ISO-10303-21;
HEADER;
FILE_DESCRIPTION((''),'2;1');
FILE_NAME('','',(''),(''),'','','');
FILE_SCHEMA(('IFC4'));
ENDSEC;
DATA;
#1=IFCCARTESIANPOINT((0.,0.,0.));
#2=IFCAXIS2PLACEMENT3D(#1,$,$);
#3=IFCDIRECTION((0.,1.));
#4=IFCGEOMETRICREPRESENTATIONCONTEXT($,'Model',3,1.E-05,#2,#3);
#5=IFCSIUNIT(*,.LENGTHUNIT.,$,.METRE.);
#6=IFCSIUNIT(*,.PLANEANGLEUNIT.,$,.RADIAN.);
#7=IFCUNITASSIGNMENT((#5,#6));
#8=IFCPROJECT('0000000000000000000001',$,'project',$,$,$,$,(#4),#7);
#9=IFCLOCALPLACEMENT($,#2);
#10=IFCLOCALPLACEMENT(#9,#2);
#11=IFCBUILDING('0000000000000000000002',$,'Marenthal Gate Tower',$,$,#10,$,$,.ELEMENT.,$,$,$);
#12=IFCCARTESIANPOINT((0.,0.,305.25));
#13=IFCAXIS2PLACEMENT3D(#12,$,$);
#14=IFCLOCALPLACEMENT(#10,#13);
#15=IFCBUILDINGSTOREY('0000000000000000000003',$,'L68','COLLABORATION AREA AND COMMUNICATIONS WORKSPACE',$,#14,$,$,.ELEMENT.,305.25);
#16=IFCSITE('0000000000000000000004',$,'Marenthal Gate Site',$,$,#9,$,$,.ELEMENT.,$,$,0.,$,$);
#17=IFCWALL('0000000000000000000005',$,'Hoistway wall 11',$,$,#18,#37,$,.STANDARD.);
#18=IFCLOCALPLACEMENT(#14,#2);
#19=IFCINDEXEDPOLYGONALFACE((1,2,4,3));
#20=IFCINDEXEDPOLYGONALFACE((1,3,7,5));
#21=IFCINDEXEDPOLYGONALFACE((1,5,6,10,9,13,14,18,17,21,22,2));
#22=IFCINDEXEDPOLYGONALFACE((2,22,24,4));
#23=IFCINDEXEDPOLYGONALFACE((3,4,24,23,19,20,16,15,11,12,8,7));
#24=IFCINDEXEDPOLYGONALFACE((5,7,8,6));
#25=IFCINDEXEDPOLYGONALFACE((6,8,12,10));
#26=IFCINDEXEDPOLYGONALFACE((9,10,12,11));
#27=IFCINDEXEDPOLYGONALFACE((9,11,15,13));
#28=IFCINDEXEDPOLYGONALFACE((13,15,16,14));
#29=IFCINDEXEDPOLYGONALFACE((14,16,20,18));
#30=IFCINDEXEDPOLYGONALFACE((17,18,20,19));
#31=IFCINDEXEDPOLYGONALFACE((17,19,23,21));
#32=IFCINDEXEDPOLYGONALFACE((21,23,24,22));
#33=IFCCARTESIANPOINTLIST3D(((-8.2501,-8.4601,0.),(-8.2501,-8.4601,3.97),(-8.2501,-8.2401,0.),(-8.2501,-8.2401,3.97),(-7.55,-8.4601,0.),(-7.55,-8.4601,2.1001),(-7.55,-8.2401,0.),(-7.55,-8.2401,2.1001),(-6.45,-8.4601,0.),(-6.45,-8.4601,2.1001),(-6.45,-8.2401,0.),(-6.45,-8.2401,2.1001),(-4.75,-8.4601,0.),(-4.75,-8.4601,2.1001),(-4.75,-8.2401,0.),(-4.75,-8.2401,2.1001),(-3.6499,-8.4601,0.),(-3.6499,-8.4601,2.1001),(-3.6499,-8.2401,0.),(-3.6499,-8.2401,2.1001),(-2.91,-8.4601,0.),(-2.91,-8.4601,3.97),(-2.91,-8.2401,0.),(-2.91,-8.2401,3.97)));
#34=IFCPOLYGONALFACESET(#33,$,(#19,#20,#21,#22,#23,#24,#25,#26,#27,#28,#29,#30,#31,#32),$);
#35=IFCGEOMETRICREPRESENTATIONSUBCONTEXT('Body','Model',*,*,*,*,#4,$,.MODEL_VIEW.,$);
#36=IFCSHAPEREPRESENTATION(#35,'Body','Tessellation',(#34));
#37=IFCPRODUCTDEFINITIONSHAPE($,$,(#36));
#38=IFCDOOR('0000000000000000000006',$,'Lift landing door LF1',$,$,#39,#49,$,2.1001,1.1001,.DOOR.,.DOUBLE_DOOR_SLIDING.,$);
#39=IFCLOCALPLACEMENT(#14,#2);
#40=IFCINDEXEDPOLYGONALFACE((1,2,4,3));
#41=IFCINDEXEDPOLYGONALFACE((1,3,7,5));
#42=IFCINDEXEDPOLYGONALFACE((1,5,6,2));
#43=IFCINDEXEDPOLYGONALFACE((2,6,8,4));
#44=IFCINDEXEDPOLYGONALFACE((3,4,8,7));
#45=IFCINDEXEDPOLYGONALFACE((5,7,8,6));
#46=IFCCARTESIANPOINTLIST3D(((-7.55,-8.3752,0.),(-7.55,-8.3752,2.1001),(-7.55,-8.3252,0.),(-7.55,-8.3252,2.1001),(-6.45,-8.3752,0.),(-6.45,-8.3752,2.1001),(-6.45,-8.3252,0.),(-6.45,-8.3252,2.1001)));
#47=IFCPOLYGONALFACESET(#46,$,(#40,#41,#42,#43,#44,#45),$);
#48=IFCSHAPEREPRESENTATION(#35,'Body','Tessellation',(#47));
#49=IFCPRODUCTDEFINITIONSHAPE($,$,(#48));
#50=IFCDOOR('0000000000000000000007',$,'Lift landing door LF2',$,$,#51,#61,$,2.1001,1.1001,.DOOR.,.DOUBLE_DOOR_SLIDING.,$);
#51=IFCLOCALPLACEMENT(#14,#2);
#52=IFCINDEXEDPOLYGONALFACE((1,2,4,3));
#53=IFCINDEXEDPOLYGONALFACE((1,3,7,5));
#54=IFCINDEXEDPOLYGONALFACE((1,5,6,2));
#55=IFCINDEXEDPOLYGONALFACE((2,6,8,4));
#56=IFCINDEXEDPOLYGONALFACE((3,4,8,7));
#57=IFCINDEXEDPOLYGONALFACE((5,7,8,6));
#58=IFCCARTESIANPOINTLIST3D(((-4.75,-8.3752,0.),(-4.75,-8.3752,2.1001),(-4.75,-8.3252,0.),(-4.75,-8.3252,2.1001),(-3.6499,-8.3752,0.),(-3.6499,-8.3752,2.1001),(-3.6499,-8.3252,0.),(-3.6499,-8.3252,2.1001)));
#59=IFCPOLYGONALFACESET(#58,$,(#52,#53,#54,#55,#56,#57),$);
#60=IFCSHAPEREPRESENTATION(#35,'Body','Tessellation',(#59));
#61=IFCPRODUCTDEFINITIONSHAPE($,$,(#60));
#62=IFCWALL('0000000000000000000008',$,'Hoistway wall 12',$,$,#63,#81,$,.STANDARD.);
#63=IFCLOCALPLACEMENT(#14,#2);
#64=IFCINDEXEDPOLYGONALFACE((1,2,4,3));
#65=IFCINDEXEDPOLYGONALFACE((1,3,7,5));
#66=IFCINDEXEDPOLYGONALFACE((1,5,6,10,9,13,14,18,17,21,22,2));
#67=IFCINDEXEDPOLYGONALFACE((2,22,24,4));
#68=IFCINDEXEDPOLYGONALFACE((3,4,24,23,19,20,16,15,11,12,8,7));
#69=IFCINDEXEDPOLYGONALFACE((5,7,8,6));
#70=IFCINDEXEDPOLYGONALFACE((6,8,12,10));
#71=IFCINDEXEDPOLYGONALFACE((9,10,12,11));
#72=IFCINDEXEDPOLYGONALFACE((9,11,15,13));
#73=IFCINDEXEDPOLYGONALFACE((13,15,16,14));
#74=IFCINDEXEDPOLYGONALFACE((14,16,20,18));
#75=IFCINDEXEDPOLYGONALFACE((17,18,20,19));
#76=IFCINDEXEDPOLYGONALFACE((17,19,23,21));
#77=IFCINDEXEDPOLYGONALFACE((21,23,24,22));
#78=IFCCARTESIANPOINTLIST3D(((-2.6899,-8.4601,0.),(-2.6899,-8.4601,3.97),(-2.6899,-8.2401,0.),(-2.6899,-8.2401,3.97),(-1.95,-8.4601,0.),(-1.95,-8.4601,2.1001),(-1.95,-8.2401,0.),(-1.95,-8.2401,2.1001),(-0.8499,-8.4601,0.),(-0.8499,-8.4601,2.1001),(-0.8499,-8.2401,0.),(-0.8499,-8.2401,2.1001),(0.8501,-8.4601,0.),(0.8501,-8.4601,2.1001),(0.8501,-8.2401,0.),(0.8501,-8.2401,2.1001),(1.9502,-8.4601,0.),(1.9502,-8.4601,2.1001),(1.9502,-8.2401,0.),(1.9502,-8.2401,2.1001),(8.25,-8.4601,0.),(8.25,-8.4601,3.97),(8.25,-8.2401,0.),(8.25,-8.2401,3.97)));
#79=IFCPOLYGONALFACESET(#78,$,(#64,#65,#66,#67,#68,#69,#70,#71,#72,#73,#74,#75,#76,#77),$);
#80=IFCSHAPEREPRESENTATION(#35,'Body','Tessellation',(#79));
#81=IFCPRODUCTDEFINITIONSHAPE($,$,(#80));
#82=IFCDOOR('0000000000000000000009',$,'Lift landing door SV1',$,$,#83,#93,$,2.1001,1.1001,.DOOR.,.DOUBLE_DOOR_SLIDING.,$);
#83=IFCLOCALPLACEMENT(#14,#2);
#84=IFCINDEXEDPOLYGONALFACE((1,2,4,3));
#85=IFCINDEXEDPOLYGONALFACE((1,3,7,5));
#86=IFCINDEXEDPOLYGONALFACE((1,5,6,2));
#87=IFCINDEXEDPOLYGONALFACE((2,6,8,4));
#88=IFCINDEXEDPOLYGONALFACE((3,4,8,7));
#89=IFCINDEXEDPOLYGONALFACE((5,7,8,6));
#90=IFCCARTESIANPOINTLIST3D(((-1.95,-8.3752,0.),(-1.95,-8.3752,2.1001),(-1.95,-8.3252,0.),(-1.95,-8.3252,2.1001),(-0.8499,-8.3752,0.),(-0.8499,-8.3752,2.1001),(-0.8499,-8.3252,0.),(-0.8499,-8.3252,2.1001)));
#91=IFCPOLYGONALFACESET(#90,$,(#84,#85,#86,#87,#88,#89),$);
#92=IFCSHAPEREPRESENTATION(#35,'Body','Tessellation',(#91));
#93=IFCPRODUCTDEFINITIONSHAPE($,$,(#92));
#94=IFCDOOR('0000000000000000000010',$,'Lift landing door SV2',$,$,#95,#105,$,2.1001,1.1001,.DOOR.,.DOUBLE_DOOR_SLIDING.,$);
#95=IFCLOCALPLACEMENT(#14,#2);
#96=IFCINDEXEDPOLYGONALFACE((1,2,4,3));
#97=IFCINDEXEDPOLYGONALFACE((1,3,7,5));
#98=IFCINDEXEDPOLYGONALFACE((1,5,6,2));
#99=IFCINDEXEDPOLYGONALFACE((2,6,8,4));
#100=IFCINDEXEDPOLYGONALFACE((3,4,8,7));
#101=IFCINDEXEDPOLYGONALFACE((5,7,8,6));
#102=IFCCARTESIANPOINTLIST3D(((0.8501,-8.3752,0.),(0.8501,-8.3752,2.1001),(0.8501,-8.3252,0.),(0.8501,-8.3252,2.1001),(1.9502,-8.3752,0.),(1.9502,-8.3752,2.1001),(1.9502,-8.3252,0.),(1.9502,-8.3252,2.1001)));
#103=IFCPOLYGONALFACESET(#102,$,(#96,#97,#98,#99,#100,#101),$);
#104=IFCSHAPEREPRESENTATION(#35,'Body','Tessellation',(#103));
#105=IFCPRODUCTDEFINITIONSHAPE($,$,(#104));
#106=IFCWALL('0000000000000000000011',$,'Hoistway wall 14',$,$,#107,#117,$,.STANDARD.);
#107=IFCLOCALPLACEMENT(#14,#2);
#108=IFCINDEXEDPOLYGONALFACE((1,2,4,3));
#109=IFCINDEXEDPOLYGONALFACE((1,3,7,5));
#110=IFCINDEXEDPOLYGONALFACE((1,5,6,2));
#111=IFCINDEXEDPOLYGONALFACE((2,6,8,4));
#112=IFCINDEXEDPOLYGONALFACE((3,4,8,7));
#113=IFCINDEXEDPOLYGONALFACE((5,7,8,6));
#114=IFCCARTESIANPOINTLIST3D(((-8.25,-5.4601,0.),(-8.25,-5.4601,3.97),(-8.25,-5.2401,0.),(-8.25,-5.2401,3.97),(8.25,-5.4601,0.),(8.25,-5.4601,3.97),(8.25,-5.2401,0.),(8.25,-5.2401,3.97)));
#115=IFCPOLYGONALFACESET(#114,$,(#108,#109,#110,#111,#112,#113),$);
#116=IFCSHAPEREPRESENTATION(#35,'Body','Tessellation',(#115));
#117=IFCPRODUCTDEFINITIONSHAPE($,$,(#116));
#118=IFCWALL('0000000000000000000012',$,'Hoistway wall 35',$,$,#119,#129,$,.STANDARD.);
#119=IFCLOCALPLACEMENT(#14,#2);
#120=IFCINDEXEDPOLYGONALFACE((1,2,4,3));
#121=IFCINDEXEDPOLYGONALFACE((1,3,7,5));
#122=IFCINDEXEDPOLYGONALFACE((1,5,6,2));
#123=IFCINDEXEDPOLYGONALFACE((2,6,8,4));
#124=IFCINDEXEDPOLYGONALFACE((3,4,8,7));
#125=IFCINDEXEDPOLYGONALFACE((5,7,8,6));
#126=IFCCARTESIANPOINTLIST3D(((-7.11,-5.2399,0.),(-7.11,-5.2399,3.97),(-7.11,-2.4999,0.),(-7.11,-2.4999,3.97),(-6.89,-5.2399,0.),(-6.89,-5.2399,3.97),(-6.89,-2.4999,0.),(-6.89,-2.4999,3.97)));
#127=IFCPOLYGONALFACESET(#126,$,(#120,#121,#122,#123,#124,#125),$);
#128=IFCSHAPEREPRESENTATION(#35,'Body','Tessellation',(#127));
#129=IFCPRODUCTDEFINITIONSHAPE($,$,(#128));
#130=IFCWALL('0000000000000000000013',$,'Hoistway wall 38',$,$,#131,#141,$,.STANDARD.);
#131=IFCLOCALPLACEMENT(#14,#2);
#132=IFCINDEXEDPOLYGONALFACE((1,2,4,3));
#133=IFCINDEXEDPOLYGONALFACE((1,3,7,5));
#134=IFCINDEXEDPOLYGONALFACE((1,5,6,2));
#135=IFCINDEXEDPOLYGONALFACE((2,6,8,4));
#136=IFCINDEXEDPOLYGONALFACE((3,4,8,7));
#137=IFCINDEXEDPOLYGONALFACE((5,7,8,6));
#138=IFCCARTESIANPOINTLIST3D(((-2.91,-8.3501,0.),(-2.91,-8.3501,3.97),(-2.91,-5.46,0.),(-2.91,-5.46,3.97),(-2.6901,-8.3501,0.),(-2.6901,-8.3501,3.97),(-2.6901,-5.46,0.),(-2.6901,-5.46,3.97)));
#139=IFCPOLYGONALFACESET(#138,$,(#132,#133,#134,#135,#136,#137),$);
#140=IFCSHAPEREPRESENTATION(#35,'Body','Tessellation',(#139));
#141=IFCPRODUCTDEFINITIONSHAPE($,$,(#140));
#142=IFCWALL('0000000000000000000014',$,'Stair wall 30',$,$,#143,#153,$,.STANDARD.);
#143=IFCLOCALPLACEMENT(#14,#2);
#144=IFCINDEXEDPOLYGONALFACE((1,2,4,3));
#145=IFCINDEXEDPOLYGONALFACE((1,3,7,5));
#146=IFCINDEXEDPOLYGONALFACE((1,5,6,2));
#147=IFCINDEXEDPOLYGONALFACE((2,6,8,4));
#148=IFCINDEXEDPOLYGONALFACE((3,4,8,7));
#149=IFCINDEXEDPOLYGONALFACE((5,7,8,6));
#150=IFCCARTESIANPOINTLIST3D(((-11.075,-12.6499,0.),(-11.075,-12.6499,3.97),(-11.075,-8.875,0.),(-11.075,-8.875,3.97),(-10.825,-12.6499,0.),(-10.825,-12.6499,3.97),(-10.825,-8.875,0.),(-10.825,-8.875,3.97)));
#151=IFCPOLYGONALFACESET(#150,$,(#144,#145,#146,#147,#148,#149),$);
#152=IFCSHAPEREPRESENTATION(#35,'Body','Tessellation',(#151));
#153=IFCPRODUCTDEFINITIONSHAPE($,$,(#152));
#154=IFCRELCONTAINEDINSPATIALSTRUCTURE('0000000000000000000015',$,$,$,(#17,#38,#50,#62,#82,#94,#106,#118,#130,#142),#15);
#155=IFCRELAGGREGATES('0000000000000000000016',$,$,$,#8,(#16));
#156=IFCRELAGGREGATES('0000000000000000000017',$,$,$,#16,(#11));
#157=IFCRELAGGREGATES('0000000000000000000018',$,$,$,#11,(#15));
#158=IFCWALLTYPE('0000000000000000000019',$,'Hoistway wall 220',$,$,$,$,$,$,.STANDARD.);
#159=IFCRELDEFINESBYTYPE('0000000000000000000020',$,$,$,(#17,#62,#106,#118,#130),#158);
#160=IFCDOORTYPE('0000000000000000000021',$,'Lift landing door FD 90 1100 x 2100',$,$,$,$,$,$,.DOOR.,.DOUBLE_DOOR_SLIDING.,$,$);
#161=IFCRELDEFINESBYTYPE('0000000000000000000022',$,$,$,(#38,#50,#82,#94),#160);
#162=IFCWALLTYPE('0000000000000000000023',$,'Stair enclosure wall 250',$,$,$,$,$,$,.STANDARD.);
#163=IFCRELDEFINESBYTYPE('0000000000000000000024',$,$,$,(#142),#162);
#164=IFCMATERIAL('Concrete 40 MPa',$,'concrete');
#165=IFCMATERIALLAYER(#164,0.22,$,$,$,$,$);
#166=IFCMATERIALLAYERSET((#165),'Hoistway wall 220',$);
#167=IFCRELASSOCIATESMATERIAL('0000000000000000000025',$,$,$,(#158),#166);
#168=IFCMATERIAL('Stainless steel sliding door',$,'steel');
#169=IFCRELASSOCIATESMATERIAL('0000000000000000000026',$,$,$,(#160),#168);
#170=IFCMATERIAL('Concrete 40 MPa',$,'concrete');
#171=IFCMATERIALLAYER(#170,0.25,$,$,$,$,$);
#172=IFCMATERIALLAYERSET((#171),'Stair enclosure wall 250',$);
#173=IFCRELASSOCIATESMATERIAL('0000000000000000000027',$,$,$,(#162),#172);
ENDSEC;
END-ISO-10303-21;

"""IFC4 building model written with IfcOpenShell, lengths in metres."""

from ifc_helpers import new_model, si_unit, direction, frame, frame_2d, origin, place, context, subcontext, project, spatial, rectangle, extrude, material, layer, layer_set, type_object, element, fill, save


model = new_model("IFC4")

# Units and contexts
model_context = context("Model", 3, precision=1e-05, world=origin(), true_north=direction((0.0, 1.0)))
body_context = subcontext(model_context, "Body", "Model", "MODEL_VIEW")
ifc_project = project(units=[si_unit("LENGTHUNIT", "METRE"), si_unit("PLANEANGLEUNIT", "RADIAN")], contexts=[model_context])

# Site, building, storey
site_placement = place(None, origin())
site = spatial("IfcSite", under=ifc_project, at=site_placement, Name="Marenthal Gate Site", CompositionType="ELEMENT", RefElevation=0.0)
building_placement = place(site_placement, origin())
building = spatial("IfcBuilding", under=site, at=building_placement, Name="Marenthal Gate Tower", CompositionType="ELEMENT")
storey_placement = place(building_placement, frame((0.0, 0.0, 305.25)))
storey = spatial("IfcBuildingStorey", under=building, at=storey_placement, Name="L68", Description="COLLABORATION AREA AND COMMUNICATIONS WORKSPACE", CompositionType="ELEMENT", Elevation=305.25)

# Walls, openings, doors
ifc_material_1 = material(Name="Concrete 40 MPa", Category="concrete")
ifc_layer_1 = layer(ifc_material_1, 0.22)
ifc_layer_set_1 = layer_set([ifc_layer_1], Name="Hoistway wall 220")
wall_type_1 = type_object("IfcWallType", Name="Hoistway wall 220", PredefinedType="STANDARD", material=ifc_layer_set_1)
wall_1_placement = place(storey_placement, frame((-8.25, -8.3501, 0.0), z_axis=(0.0, 0.0, 1.0), x_axis=(1.0, 0.0, 0.0)))
wall_1 = element("IfcWall", 1, at=wall_1_placement, inside=storey, type_object=wall_type_1, Name="Hoistway wall 11", PredefinedType="STANDARD", context=body_context, shape_type="SweptSolid", body=[
    extrude(rectangle(XDim=5.3401, YDim=0.22, at=frame_2d((2.6699, 0.0))), origin(), (0.0, 0.0, 1.0), 3.97),
])
opening_1_placement = place(wall_1_placement, frame((0.7, 0.0, 0.0)))
opening_1 = element("IfcOpeningElement", 2, at=opening_1_placement, cuts=wall_1, PredefinedType="OPENING", context=body_context, shape_type="SweptSolid", body=[
    extrude(rectangle(XDim=1.1001, YDim=2.1001, at=frame_2d((0.55, 1.05))), frame((0.0, 0.1201, 0.0), z_axis=(0.0, -1.0, 0.0), x_axis=(1.0, 0.0, 0.0)), (0.0, 0.0, 1.0), 0.24),
])
opening_2_placement = place(wall_1_placement, frame((3.5, 0.0, 0.0)))
opening_2 = element("IfcOpeningElement", 3, at=opening_2_placement, cuts=wall_1, PredefinedType="OPENING", context=body_context, shape_type="SweptSolid", body=[
    extrude(rectangle(XDim=1.1001, YDim=2.1001, at=frame_2d((0.55, 1.05))), frame((0.0, 0.1201, 0.0), z_axis=(0.0, -1.0, 0.0), x_axis=(1.0, 0.0, 0.0)), (0.0, 0.0, 1.0), 0.24),
])
ifc_material_2 = material(Name="Stainless steel sliding door", Category="steel")
door_type_1 = type_object("IfcDoorType", Name="Lift landing door FD 90 1100 x 2100", OperationType="DOUBLE_DOOR_SLIDING", PredefinedType="DOOR", material=ifc_material_2)
door_1_placement = place(opening_1_placement, origin())
door_1 = element("IfcDoor", 4, at=door_1_placement, inside=storey, type_object=door_type_1, Name="Lift landing door LF1", OperationType="DOUBLE_DOOR_SLIDING", OverallHeight=2.1001, OverallWidth=1.1001, PredefinedType="DOOR", context=body_context, shape_type="SweptSolid", body=[
    extrude(rectangle(XDim=1.1001, YDim=2.1001, at=frame_2d((0.55, 1.05))), frame((0.0, 0.0249, 0.0), z_axis=(0.0, -1.0, 0.0), x_axis=(1.0, 0.0, 0.0)), (0.0, 0.0, 1.0), 0.05),
])
fill(opening_1, door_1)
door_2_placement = place(opening_2_placement, origin())
door_2 = element("IfcDoor", 5, at=door_2_placement, inside=storey, type_object=door_type_1, Name="Lift landing door LF2", OperationType="DOUBLE_DOOR_SLIDING", OverallHeight=2.1001, OverallWidth=1.1001, PredefinedType="DOOR", context=body_context, shape_type="SweptSolid", body=[
    extrude(rectangle(XDim=1.1001, YDim=2.1001, at=frame_2d((0.55, 1.05))), frame((0.0, 0.0249, 0.0), z_axis=(0.0, -1.0, 0.0), x_axis=(1.0, 0.0, 0.0)), (0.0, 0.0, 1.0), 0.05),
])
fill(opening_2, door_2)
wall_2_placement = place(storey_placement, frame((-2.6899, -8.3501, 0.0), z_axis=(0.0, 0.0, 1.0), x_axis=(1.0, 0.0, 0.0)))
wall_2 = element("IfcWall", 6, at=wall_2_placement, inside=storey, type_object=wall_type_1, Name="Hoistway wall 12", PredefinedType="STANDARD", context=body_context, shape_type="SweptSolid", body=[
    extrude(rectangle(XDim=10.9399, YDim=0.22, at=frame_2d((5.47, 0.0))), origin(), (0.0, 0.0, 1.0), 3.97),
])
opening_3_placement = place(wall_2_placement, frame((0.74, 0.0, 0.0)))
opening_3 = element("IfcOpeningElement", 7, at=opening_3_placement, cuts=wall_2, PredefinedType="OPENING", context=body_context, shape_type="SweptSolid", body=[
    extrude(rectangle(XDim=1.1001, YDim=2.1001, at=frame_2d((0.55, 1.05))), frame((0.0, 0.1201, 0.0), z_axis=(0.0, -1.0, 0.0), x_axis=(1.0, 0.0, 0.0)), (0.0, 0.0, 1.0), 0.24),
])
opening_4_placement = place(wall_2_placement, frame((3.54, 0.0, 0.0)))
opening_4 = element("IfcOpeningElement", 8, at=opening_4_placement, cuts=wall_2, PredefinedType="OPENING", context=body_context, shape_type="SweptSolid", body=[
    extrude(rectangle(XDim=1.1001, YDim=2.1001, at=frame_2d((0.55, 1.05))), frame((0.0, 0.1201, 0.0), z_axis=(0.0, -1.0, 0.0), x_axis=(1.0, 0.0, 0.0)), (0.0, 0.0, 1.0), 0.24),
])
door_3_placement = place(opening_3_placement, origin())
door_3 = element("IfcDoor", 9, at=door_3_placement, inside=storey, type_object=door_type_1, Name="Lift landing door SV1", OperationType="DOUBLE_DOOR_SLIDING", OverallHeight=2.1001, OverallWidth=1.1001, PredefinedType="DOOR", context=body_context, shape_type="SweptSolid", body=[
    extrude(rectangle(XDim=1.1001, YDim=2.1001, at=frame_2d((0.55, 1.05))), frame((0.0, 0.0249, 0.0), z_axis=(0.0, -1.0, 0.0), x_axis=(1.0, 0.0, 0.0)), (0.0, 0.0, 1.0), 0.05),
])
fill(opening_3, door_3)
door_4_placement = place(opening_4_placement, origin())
door_4 = element("IfcDoor", 10, at=door_4_placement, inside=storey, type_object=door_type_1, Name="Lift landing door SV2", OperationType="DOUBLE_DOOR_SLIDING", OverallHeight=2.1001, OverallWidth=1.1001, PredefinedType="DOOR", context=body_context, shape_type="SweptSolid", body=[
    extrude(rectangle(XDim=1.1001, YDim=2.1001, at=frame_2d((0.55, 1.05))), frame((0.0, 0.0249, 0.0), z_axis=(0.0, -1.0, 0.0), x_axis=(1.0, 0.0, 0.0)), (0.0, 0.0, 1.0), 0.05),
])
fill(opening_4, door_4)

# Walls
wall_3_placement = place(storey_placement, frame((-8.25, -5.3501, 0.0), z_axis=(0.0, 0.0, 1.0), x_axis=(1.0, 0.0, 0.0)))
element("IfcWall", 11, at=wall_3_placement, inside=storey, type_object=wall_type_1, Name="Hoistway wall 14", PredefinedType="STANDARD", context=body_context, shape_type="SweptSolid", body=[
    extrude(rectangle(XDim=16.5, YDim=0.22, at=frame_2d((8.25, 0.0))), origin(), (0.0, 0.0, 1.0), 3.97),
])
wall_4_placement = place(storey_placement, frame((-7.0, -5.24, 0.0), z_axis=(0.0, 0.0, 1.0), x_axis=(0.0, 1.0, 0.0)))
element("IfcWall", 12, at=wall_4_placement, inside=storey, type_object=wall_type_1, Name="Hoistway wall 35", PredefinedType="STANDARD", context=body_context, shape_type="SweptSolid", body=[
    extrude(rectangle(XDim=2.74, YDim=0.22, at=frame_2d((1.3701, 0.0))), origin(), (0.0, 0.0, 1.0), 3.97),
])
wall_5_placement = place(storey_placement, frame((-2.8, -8.3501, 0.0), z_axis=(0.0, 0.0, 1.0), x_axis=(0.0, 1.0, 0.0)))
element("IfcWall", 13, at=wall_5_placement, inside=storey, type_object=wall_type_1, Name="Hoistway wall 38", PredefinedType="STANDARD", context=body_context, shape_type="SweptSolid", body=[
    extrude(rectangle(XDim=2.8901, YDim=0.22, at=frame_2d((1.4451, 0.0))), origin(), (0.0, 0.0, 1.0), 3.97),
])
ifc_material_3 = material(Name="Concrete 40 MPa", Category="concrete")
ifc_layer_2 = layer(ifc_material_3, 0.25)
ifc_layer_set_2 = layer_set([ifc_layer_2], Name="Stair enclosure wall 250")
wall_type_2 = type_object("IfcWallType", Name="Stair enclosure wall 250", PredefinedType="STANDARD", material=ifc_layer_set_2)
wall_6_placement = place(storey_placement, frame((-10.95, -12.6499, 0.0), z_axis=(0.0, 0.0, 1.0), x_axis=(0.0, 1.0, 0.0)))
element("IfcWall", 14, at=wall_6_placement, inside=storey, type_object=wall_type_2, Name="Stair wall 30", PredefinedType="STANDARD", context=body_context, shape_type="SweptSolid", body=[
    extrude(rectangle(XDim=3.7749, YDim=0.25, at=frame_2d((1.8875, 0.0))), origin(), (0.0, 0.0, 1.0), 3.97),
])

save(model, "model.ifc")
